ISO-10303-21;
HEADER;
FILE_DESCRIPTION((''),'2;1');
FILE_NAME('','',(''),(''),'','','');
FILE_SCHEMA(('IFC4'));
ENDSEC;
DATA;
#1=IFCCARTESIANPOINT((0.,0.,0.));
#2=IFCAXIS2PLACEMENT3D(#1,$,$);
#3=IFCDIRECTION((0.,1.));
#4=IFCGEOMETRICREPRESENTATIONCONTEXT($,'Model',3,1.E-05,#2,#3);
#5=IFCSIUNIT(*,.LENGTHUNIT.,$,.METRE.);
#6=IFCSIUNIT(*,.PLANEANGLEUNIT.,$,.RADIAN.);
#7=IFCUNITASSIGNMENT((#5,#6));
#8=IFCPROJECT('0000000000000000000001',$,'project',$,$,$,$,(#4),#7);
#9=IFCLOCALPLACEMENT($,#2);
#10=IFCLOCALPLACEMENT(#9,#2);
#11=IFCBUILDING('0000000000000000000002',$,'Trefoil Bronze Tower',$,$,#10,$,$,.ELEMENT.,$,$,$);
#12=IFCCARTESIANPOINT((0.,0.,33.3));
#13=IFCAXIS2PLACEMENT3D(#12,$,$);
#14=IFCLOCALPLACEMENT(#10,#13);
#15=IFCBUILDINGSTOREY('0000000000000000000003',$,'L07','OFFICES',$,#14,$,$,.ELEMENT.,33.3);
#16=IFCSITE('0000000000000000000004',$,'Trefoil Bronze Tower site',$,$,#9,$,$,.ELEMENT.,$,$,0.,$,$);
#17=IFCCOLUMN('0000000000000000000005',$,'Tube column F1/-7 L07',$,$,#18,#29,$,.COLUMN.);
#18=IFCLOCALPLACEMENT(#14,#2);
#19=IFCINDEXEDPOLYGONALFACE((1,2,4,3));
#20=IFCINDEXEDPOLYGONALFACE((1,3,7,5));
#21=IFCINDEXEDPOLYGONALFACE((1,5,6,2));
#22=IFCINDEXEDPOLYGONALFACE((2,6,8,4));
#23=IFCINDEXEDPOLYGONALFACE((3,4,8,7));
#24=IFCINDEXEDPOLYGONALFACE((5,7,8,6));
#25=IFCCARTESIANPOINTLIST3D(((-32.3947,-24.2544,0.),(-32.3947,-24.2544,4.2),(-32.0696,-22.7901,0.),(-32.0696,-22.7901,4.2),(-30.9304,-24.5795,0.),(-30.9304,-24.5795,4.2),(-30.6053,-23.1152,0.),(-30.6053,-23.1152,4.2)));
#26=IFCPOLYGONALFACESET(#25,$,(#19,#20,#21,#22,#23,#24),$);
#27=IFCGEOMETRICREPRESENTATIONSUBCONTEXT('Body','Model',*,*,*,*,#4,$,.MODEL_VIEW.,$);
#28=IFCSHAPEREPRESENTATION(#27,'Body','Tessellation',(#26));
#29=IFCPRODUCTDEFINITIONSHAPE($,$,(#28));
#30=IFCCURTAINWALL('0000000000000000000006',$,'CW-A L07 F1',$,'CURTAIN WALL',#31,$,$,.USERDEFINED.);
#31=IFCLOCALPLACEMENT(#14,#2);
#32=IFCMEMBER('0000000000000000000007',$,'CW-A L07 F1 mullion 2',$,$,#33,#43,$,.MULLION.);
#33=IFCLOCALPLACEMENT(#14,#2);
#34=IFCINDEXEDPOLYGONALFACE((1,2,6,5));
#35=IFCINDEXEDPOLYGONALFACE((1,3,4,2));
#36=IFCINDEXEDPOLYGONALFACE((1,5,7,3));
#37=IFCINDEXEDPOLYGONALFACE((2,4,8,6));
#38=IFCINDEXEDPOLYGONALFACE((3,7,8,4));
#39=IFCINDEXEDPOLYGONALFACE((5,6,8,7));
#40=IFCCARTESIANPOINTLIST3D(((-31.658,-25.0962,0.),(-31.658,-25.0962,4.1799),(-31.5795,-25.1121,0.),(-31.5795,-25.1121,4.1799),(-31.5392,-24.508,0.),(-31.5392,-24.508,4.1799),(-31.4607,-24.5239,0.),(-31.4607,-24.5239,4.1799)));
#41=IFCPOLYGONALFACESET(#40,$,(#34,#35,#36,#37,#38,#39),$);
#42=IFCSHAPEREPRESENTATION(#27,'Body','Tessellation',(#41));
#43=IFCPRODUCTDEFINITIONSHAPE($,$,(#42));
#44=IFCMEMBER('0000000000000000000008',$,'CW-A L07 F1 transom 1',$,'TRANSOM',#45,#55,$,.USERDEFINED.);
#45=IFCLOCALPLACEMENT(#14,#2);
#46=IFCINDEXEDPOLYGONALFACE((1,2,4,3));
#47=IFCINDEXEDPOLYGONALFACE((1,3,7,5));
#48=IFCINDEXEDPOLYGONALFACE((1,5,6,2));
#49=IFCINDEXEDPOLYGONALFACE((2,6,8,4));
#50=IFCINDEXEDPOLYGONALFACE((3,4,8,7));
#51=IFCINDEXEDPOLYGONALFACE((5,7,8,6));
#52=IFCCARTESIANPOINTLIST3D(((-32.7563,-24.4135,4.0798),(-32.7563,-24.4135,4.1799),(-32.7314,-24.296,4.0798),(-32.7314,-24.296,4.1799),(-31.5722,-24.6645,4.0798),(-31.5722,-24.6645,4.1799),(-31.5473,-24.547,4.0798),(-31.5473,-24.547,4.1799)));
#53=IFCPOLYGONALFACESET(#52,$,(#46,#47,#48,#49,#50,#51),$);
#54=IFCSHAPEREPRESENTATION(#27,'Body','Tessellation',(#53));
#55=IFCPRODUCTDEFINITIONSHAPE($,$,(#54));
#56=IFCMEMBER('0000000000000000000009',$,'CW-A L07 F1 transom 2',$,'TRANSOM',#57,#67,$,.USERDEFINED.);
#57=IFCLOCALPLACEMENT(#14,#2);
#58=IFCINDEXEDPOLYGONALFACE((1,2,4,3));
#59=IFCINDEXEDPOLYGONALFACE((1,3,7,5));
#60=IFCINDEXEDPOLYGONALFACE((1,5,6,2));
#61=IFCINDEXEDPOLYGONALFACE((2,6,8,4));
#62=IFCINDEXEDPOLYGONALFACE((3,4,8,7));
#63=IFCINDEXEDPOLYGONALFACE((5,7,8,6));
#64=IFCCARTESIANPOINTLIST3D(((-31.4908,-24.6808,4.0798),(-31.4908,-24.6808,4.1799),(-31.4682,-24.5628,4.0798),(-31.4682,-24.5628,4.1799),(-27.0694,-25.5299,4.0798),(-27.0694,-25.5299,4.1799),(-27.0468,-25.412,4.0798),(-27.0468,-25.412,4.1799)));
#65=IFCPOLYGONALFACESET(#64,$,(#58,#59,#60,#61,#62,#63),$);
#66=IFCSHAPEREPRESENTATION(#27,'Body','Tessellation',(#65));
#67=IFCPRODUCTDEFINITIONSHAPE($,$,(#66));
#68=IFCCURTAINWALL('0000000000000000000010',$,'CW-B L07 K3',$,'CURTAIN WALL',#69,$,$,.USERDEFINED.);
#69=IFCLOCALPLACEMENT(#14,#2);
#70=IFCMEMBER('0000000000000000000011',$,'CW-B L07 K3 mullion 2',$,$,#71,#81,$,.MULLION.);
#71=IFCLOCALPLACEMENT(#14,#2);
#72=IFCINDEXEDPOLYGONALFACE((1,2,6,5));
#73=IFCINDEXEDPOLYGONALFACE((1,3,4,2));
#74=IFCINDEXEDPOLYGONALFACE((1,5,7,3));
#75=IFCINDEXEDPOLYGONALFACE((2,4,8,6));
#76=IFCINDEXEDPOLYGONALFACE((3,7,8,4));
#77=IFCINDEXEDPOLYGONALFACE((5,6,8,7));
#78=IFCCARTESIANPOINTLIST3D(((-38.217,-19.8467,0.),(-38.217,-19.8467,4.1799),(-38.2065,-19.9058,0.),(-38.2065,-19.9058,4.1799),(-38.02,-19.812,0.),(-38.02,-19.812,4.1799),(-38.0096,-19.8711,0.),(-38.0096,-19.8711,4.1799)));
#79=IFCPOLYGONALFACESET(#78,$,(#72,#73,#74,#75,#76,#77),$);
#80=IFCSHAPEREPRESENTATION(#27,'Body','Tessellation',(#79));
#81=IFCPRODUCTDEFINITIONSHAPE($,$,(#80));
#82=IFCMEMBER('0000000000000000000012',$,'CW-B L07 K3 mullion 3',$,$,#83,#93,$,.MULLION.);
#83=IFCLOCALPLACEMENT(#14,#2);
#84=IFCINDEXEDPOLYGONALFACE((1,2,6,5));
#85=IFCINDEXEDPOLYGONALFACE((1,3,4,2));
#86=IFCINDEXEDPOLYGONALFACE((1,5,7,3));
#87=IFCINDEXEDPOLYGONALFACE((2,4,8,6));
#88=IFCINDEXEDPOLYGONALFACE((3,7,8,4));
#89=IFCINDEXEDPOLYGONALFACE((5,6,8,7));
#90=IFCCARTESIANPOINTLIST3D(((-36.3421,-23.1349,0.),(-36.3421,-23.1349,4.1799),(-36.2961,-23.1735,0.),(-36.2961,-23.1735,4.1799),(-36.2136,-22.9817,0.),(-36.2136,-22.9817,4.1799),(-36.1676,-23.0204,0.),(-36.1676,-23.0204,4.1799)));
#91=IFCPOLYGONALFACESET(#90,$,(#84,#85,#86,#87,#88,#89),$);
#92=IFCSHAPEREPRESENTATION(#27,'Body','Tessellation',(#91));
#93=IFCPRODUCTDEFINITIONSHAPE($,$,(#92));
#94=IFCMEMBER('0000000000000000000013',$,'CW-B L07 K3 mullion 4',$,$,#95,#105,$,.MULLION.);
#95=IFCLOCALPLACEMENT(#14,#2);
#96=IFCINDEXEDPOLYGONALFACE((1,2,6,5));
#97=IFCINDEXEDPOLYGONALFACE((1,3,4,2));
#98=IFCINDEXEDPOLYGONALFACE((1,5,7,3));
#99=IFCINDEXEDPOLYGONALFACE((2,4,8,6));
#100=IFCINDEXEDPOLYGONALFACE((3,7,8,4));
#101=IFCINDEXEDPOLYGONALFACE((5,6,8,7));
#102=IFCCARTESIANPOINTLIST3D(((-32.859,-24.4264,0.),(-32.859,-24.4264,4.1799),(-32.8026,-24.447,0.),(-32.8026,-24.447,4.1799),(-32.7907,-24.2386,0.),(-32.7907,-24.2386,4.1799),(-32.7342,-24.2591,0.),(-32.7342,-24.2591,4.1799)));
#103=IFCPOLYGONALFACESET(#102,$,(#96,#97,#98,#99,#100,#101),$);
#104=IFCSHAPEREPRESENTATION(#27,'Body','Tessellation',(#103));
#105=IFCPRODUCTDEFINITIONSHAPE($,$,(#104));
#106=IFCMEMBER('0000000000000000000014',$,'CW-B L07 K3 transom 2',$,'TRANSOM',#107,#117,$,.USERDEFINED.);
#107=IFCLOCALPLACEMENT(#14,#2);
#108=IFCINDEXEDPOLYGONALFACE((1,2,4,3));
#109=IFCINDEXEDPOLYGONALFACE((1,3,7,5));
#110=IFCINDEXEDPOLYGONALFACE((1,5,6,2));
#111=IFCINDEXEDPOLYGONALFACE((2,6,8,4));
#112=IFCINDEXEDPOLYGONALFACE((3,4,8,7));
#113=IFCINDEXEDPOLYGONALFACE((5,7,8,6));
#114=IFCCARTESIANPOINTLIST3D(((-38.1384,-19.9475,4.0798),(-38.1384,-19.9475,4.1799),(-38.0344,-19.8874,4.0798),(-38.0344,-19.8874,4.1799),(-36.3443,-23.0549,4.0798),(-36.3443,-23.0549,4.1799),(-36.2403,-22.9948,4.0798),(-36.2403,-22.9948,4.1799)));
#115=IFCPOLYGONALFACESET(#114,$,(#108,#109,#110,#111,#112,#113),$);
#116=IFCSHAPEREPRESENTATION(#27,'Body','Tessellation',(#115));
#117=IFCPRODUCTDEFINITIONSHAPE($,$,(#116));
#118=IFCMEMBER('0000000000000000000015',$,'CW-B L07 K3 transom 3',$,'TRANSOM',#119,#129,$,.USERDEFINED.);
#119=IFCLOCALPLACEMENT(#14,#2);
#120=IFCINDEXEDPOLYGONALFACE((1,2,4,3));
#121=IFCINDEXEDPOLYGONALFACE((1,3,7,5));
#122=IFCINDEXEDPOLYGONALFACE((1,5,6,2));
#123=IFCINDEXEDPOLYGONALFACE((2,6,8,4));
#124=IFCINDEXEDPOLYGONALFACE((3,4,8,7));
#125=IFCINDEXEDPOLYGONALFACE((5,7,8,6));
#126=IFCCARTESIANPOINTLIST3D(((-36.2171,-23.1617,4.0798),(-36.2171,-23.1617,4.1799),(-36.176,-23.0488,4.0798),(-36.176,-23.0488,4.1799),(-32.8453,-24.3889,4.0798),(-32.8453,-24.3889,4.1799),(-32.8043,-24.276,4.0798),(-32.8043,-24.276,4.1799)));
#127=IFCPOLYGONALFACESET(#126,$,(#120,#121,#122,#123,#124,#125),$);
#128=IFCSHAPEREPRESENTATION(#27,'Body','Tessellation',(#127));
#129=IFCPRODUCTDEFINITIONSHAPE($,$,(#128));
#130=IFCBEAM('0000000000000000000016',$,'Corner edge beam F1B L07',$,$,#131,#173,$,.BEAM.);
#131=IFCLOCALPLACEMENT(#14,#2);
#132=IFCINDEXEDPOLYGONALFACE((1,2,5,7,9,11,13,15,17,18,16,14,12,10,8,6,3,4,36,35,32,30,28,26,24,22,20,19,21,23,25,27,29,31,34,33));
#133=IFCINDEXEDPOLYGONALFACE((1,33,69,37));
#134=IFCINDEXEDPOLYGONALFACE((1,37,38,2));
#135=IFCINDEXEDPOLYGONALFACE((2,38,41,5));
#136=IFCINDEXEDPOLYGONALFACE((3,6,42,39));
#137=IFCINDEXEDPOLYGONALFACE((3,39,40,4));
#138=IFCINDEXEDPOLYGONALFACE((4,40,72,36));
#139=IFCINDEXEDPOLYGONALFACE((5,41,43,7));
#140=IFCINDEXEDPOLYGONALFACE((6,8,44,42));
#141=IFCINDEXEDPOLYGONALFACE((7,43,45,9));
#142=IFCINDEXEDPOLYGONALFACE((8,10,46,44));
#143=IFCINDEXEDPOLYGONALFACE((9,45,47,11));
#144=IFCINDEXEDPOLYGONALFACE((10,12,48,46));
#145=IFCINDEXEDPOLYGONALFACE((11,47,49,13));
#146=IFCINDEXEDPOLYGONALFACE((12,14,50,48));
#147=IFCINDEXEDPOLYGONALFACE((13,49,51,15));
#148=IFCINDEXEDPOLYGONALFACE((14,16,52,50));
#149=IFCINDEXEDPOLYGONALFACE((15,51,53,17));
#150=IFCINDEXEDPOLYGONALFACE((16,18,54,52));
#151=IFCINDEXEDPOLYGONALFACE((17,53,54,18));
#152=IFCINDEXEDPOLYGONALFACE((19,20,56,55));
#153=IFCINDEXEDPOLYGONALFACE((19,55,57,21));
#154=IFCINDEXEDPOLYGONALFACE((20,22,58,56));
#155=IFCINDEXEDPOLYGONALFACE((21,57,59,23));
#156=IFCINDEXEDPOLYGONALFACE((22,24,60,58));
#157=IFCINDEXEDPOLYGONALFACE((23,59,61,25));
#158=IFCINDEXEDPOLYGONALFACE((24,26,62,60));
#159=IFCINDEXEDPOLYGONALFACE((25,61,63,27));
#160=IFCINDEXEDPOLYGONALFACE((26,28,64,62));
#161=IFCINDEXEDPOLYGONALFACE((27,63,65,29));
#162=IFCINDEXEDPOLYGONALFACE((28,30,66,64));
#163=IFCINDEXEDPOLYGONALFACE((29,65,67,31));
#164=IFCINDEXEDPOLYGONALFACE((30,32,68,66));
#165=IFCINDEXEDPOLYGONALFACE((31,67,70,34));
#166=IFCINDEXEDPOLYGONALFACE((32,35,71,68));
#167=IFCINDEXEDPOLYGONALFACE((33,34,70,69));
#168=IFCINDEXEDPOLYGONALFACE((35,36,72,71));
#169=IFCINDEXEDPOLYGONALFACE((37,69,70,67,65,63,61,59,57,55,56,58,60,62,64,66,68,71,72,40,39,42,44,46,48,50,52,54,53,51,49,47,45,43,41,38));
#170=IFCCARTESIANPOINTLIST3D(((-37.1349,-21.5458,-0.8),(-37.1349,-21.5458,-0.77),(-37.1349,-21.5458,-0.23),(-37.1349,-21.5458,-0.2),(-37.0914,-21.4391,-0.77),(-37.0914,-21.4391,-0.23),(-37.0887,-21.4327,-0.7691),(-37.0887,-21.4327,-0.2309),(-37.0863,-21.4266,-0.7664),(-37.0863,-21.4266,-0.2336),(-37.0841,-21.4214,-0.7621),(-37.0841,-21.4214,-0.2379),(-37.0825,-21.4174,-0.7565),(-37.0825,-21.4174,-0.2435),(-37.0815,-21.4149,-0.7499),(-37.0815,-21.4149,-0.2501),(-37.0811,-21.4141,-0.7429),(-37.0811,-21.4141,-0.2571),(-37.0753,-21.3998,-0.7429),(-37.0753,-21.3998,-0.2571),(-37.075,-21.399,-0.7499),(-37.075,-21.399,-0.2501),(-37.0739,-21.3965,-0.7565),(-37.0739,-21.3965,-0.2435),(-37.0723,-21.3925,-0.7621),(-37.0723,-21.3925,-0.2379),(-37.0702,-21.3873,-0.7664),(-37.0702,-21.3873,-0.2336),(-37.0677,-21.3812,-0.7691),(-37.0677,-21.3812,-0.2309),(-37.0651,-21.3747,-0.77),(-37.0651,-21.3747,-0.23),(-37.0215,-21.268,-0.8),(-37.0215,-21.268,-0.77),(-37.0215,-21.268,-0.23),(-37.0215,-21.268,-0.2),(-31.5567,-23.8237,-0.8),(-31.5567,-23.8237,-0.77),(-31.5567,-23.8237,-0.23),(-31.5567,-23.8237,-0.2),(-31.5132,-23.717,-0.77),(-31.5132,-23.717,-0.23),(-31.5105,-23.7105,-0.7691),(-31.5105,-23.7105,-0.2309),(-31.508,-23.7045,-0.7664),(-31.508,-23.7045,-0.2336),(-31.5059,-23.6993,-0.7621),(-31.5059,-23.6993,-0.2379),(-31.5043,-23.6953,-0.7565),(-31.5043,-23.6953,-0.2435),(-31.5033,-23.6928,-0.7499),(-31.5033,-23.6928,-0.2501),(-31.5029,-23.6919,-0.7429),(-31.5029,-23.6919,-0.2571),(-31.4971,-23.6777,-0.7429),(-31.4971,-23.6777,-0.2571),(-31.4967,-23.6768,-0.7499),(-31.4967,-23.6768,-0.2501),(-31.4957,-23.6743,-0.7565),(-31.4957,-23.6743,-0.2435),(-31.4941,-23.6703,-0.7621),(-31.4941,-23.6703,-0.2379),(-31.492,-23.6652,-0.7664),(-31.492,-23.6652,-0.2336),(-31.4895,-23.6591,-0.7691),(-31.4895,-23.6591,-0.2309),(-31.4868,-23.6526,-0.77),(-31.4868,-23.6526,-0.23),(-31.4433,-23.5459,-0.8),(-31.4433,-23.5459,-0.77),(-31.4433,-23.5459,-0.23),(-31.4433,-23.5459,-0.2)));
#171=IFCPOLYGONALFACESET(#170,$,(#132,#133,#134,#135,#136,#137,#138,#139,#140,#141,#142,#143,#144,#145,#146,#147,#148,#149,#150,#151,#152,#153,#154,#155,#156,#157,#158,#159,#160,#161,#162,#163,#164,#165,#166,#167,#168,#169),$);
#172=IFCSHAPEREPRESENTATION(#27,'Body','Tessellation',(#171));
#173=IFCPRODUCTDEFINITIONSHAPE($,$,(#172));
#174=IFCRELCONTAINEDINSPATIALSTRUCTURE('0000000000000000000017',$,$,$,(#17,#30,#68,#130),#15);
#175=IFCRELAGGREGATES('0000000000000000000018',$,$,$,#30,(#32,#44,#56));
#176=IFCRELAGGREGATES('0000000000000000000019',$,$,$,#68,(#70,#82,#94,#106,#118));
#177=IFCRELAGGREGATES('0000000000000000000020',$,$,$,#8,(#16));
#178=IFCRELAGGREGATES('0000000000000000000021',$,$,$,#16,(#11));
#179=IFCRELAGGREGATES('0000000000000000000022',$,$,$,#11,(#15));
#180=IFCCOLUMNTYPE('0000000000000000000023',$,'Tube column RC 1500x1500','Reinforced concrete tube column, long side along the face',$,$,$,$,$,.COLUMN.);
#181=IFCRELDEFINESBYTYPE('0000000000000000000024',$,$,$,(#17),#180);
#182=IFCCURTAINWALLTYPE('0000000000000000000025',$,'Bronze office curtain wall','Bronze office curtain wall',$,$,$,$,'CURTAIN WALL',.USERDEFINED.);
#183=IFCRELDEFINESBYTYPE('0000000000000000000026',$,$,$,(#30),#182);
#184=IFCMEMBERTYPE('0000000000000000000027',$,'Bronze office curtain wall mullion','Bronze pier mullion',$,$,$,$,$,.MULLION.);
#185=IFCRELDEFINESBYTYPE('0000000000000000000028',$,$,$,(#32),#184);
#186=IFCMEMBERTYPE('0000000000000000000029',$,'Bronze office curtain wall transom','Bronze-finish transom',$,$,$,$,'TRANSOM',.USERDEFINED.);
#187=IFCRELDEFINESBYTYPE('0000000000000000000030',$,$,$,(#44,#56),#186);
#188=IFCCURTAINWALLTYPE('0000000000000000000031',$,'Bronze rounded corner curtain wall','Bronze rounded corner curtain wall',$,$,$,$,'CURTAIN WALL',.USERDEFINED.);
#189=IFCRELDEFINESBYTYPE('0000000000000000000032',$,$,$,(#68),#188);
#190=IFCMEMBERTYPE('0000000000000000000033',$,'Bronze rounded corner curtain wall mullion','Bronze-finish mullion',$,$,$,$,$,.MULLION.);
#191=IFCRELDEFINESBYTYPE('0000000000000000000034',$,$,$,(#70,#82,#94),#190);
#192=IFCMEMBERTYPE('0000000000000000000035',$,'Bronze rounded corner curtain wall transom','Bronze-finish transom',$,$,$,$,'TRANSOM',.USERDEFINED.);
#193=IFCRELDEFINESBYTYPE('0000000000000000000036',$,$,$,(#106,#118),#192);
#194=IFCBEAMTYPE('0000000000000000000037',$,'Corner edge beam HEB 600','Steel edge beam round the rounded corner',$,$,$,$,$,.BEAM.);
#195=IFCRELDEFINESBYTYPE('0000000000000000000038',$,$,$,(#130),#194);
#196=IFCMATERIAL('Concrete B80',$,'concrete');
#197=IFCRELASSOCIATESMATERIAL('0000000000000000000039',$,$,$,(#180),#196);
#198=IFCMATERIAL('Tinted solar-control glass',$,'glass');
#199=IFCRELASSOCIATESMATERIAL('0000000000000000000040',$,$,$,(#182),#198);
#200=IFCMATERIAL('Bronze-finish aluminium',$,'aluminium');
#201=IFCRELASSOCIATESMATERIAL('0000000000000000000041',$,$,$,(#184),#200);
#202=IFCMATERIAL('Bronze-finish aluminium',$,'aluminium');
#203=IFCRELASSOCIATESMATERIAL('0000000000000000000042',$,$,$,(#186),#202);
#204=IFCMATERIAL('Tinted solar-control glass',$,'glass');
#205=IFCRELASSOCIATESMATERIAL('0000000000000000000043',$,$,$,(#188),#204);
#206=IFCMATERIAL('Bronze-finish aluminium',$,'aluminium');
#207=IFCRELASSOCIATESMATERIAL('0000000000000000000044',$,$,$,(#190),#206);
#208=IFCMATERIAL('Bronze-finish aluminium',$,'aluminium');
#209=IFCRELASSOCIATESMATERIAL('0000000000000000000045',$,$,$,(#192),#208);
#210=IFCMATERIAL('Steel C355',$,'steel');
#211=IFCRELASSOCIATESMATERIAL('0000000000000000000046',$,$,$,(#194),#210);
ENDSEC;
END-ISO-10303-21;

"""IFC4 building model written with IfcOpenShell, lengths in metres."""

from ifc_helpers import new_model, si_unit, direction, frame, origin, origin_2d, place, context, subcontext, project, spatial, rectangle, i_section, extrude, material, material_profile, profile_set, type_object, element, aggregate, save


model = new_model("IFC4")

# Units and contexts
model_context = context("Model", 3, precision=1e-05, world=origin(), true_north=direction((0.0, 1.0)))
body_context = subcontext(model_context, "Body", "Model", "MODEL_VIEW")
ifc_project = project(units=[si_unit("LENGTHUNIT", "METRE"), si_unit("PLANEANGLEUNIT", "RADIAN")], contexts=[model_context])

# Site, building, storey
site_placement = place(None, origin())
site = spatial("IfcSite", under=ifc_project, at=site_placement, Name="Trefoil Bronze Tower site", CompositionType="ELEMENT", RefElevation=0.0)
building_placement = place(site_placement, origin())
building = spatial("IfcBuilding", under=site, at=building_placement, Name="Trefoil Bronze Tower", CompositionType="ELEMENT")
storey_placement = place(building_placement, frame((0.0, 0.0, 33.3)))
storey = spatial("IfcBuildingStorey", under=building, at=storey_placement, Name="L07", Description="OFFICES", CompositionType="ELEMENT", Elevation=33.3)

# Column
ifc_material_1 = material(Name="Concrete B80", Category="concrete")
ifc_material_profile_1 = material_profile(ifc_material_1, rectangle(XDim=1.5, YDim=1.5, at=origin_2d()), Name="RC 1500x1500")
ifc_profile_set_1 = profile_set([ifc_material_profile_1], Name="Concrete B80")
column_type = type_object("IfcColumnType", Name="Tube column RC 1500x1500", Description="Reinforced concrete tube column, long side along the face", PredefinedType="COLUMN", material=ifc_profile_set_1)
column_placement = place(storey_placement, frame((-31.5, -23.6848, 0.0), z_axis=(0.0, 0.0, 1.0), x_axis=(0.97623, -0.216739, 0.0)))
element("IfcColumn", 1, at=column_placement, inside=storey, type_object=column_type, Name="Tube column F1/-7 L07", PredefinedType="COLUMN", context=body_context, shape_type="SweptSolid", body=[
    extrude(rectangle(XDim=1.5, YDim=1.5, at=origin_2d()), origin(), (0.0, 0.0, 1.0), 4.2),
])

# Curtain walls, members
ifc_material_2 = material(Name="Tinted solar-control glass", Category="glass")
curtain_wall_type_1 = type_object("IfcCurtainWallType", Name="Bronze office curtain wall", Description="Bronze office curtain wall", ElementType="CURTAIN WALL", PredefinedType="USERDEFINED", material=ifc_material_2)
curtain_wall_1_placement = place(storey_placement, origin())
curtain_wall_1 = element("IfcCurtainWall", 2, at=curtain_wall_1_placement, inside=storey, type_object=curtain_wall_type_1, Name="CW-A L07 F1", ObjectType="CURTAIN WALL", PredefinedType="USERDEFINED")
ifc_material_3 = material(Name="Bronze-finish aluminium", Category="aluminium")
ifc_material_profile_2 = material_profile(ifc_material_3, rectangle(XDim=0.6001, YDim=0.0801, at=origin_2d()), Name="CW-A mullion")
ifc_profile_set_2 = profile_set([ifc_material_profile_2], Name="Bronze-finish aluminium")
member_type_1 = type_object("IfcMemberType", Name="Bronze office curtain wall mullion", Description="Bronze pier mullion", PredefinedType="MULLION", material=ifc_profile_set_2)
member_1_placement = place(storey_placement, frame((-31.5593, -24.8101, 0.0), z_axis=(0.0, 0.0, 1.0), x_axis=(0.19791, 0.98022, 0.0)))
member_1 = element("IfcMember", 3, at=member_1_placement, type_object=member_type_1, Name="CW-A L07 F1 mullion 2", PredefinedType="MULLION", context=body_context, shape_type="SweptSolid", body=[
    extrude(rectangle(XDim=0.6001, YDim=0.0801, at=origin_2d()), origin(), (0.0, 0.0, 1.0), 4.1799),
])
ifc_material_4 = material(Name="Bronze-finish aluminium", Category="aluminium")
ifc_material_profile_3 = material_profile(ifc_material_4, rectangle(XDim=0.1201, YDim=0.1001, at=origin_2d()), Name="CW-A transom")
ifc_profile_set_3 = profile_set([ifc_material_profile_3], Name="Bronze-finish aluminium")
member_type_2 = type_object("IfcMemberType", Name="Bronze office curtain wall transom", Description="Bronze-finish transom", ElementType="TRANSOM", PredefinedType="USERDEFINED", material=ifc_profile_set_3)
member_2_placement = place(storey_placement, frame((-32.7439, -24.3547, 4.1299), z_axis=(0.978266, -0.207352, 0.0), x_axis=(0.207352, 0.978266, 0.0)))
member_2 = element("IfcMember", 4, at=member_2_placement, type_object=member_type_2, Name="CW-A L07 F1 transom 1", ObjectType="TRANSOM", PredefinedType="USERDEFINED", context=body_context, shape_type="SweptSolid", body=[
    extrude(rectangle(XDim=0.1201, YDim=0.1001, at=origin_2d()), origin(), (0.0, 0.0, 1.0), 1.2104),
])
member_3_placement = place(storey_placement, frame((-31.4795, -24.6218, 4.1299), z_axis=(0.982054, -0.188602, 0.0), x_axis=(0.188602, 0.982054, 0.0)))
member_3 = element("IfcMember", 5, at=member_3_placement, type_object=member_type_2, Name="CW-A L07 F1 transom 2", ObjectType="TRANSOM", PredefinedType="USERDEFINED", context=body_context, shape_type="SweptSolid", body=[
    extrude(rectangle(XDim=0.1201, YDim=0.1001, at=origin_2d()), origin(), (0.0, 0.0, 1.0), 4.5022),
])
ifc_material_5 = material(Name="Tinted solar-control glass", Category="glass")
curtain_wall_type_2 = type_object("IfcCurtainWallType", Name="Bronze rounded corner curtain wall", Description="Bronze rounded corner curtain wall", ElementType="CURTAIN WALL", PredefinedType="USERDEFINED", material=ifc_material_5)
curtain_wall_2_placement = place(storey_placement, origin())
curtain_wall_2 = element("IfcCurtainWall", 6, at=curtain_wall_2_placement, inside=storey, type_object=curtain_wall_type_2, Name="CW-B L07 K3", ObjectType="CURTAIN WALL", PredefinedType="USERDEFINED")
ifc_material_6 = material(Name="Bronze-finish aluminium", Category="aluminium")
ifc_material_profile_4 = material_profile(ifc_material_6, rectangle(XDim=0.2, YDim=0.0601, at=origin_2d()), Name="CW-B mullion")
ifc_profile_set_4 = profile_set([ifc_material_profile_4], Name="Bronze-finish aluminium")
member_type_3 = type_object("IfcMemberType", Name="Bronze rounded corner curtain wall mullion", Description="Bronze-finish mullion", PredefinedType="MULLION", material=ifc_profile_set_4)
member_4_placement = place(storey_placement, frame((-38.1133, -19.8589, 0.0), z_axis=(0.0, 0.0, 1.0), x_axis=(0.984808, 0.173648, 0.0)))
member_4 = element("IfcMember", 7, at=member_4_placement, type_object=member_type_3, Name="CW-B L07 K3 mullion 2", PredefinedType="MULLION", context=body_context, shape_type="SweptSolid", body=[
    extrude(rectangle(XDim=0.2, YDim=0.0601, at=origin_2d()), origin(), (0.0, 0.0, 1.0), 4.1799),
])
member_5_placement = place(storey_placement, frame((-36.2549, -23.0776, 0.0), z_axis=(0.0, 0.0, 1.0), x_axis=(0.642788, 0.766044, 0.0)))
member_5 = element("IfcMember", 8, at=member_5_placement, type_object=member_type_3, Name="CW-B L07 K3 mullion 3", PredefinedType="MULLION", context=body_context, shape_type="SweptSolid", body=[
    extrude(rectangle(XDim=0.2, YDim=0.0601, at=origin_2d()), origin(), (0.0, 0.0, 1.0), 4.1799),
])
member_6_placement = place(storey_placement, frame((-32.7966, -24.3428, 0.0), z_axis=(0.0, 0.0, 1.0), x_axis=(0.34202, 0.939693, 0.0)))
member_6 = element("IfcMember", 9, at=member_6_placement, type_object=member_type_3, Name="CW-B L07 K3 mullion 4", PredefinedType="MULLION", context=body_context, shape_type="SweptSolid", body=[
    extrude(rectangle(XDim=0.2, YDim=0.0601, at=origin_2d()), origin(), (0.0, 0.0, 1.0), 4.1799),
])
ifc_material_7 = material(Name="Bronze-finish aluminium", Category="aluminium")
ifc_material_profile_5 = material_profile(ifc_material_7, rectangle(XDim=0.1201, YDim=0.1001, at=origin_2d()), Name="CW-B transom")
ifc_profile_set_5 = profile_set([ifc_material_profile_5], Name="Bronze-finish aluminium")
member_type_4 = type_object("IfcMemberType", Name="Bronze rounded corner curtain wall transom", Description="Bronze-finish transom", ElementType="TRANSOM", PredefinedType="USERDEFINED", material=ifc_profile_set_5)
member_7_placement = place(storey_placement, frame((-38.0864, -19.9175, 4.1299), z_axis=(0.500025, -0.866011, 0.0), x_axis=(0.866011, 0.500025, 0.0)))
member_7 = element("IfcMember", 10, at=member_7_placement, type_object=member_type_4, Name="CW-B L07 K3 transom 2", ObjectType="TRANSOM", PredefinedType="USERDEFINED", context=body_context, shape_type="SweptSolid", body=[
    extrude(rectangle(XDim=0.1201, YDim=0.1001, at=origin_2d()), origin(), (0.0, 0.0, 1.0), 3.5881),
])
member_8_placement = place(storey_placement, frame((-36.1965, -23.1052, 4.1299), z_axis=(0.939688, -0.342033, 0.0), x_axis=(0.342033, 0.939688, 0.0)))
member_8 = element("IfcMember", 11, at=member_8_placement, type_object=member_type_4, Name="CW-B L07 K3 transom 3", ObjectType="TRANSOM", PredefinedType="USERDEFINED", context=body_context, shape_type="SweptSolid", body=[
    extrude(rectangle(XDim=0.1201, YDim=0.1001, at=origin_2d()), origin(), (0.0, 0.0, 1.0), 3.5881),
])

# Beam
ifc_material_8 = material(Name="Steel C355", Category="steel")
ifc_material_profile_6 = material_profile(ifc_material_8, i_section(OverallWidth=0.3, OverallDepth=0.6001, WebThickness=0.0154, FlangeThickness=0.03, FilletRadius=0.0271, at=origin_2d()), Name="HEB 600")
ifc_profile_set_6 = profile_set([ifc_material_profile_6], Name="Steel C355")
beam_type_1 = type_object("IfcBeamType", Name="Corner edge beam HEB 600", Description="Steel edge beam round the rounded corner", PredefinedType="BEAM", material=ifc_profile_set_6)
beam_1_placement = place(storey_placement, frame((-31.5, -23.6848, -0.5), z_axis=(-0.925787, 0.378046, 0.0), x_axis=(-0.378046, -0.925787, 0.0)))
element("IfcBeam", 12, at=beam_1_placement, inside=storey, type_object=beam_type_1, Name="Corner edge beam F1B L07", PredefinedType="BEAM", context=body_context, shape_type="SweptSolid", body=[
    extrude(i_section(OverallWidth=0.3, OverallDepth=0.6001, WebThickness=0.0154, FlangeThickness=0.03, FilletRadius=0.0271, at=origin_2d()), origin(), (0.0, 0.0, 1.0), 6.0254),
])

aggregate(curtain_wall_1, [member_1, member_2, member_3])
aggregate(curtain_wall_2, [member_4, member_5, member_6, member_7, member_8])

save(model, "model.ifc")
